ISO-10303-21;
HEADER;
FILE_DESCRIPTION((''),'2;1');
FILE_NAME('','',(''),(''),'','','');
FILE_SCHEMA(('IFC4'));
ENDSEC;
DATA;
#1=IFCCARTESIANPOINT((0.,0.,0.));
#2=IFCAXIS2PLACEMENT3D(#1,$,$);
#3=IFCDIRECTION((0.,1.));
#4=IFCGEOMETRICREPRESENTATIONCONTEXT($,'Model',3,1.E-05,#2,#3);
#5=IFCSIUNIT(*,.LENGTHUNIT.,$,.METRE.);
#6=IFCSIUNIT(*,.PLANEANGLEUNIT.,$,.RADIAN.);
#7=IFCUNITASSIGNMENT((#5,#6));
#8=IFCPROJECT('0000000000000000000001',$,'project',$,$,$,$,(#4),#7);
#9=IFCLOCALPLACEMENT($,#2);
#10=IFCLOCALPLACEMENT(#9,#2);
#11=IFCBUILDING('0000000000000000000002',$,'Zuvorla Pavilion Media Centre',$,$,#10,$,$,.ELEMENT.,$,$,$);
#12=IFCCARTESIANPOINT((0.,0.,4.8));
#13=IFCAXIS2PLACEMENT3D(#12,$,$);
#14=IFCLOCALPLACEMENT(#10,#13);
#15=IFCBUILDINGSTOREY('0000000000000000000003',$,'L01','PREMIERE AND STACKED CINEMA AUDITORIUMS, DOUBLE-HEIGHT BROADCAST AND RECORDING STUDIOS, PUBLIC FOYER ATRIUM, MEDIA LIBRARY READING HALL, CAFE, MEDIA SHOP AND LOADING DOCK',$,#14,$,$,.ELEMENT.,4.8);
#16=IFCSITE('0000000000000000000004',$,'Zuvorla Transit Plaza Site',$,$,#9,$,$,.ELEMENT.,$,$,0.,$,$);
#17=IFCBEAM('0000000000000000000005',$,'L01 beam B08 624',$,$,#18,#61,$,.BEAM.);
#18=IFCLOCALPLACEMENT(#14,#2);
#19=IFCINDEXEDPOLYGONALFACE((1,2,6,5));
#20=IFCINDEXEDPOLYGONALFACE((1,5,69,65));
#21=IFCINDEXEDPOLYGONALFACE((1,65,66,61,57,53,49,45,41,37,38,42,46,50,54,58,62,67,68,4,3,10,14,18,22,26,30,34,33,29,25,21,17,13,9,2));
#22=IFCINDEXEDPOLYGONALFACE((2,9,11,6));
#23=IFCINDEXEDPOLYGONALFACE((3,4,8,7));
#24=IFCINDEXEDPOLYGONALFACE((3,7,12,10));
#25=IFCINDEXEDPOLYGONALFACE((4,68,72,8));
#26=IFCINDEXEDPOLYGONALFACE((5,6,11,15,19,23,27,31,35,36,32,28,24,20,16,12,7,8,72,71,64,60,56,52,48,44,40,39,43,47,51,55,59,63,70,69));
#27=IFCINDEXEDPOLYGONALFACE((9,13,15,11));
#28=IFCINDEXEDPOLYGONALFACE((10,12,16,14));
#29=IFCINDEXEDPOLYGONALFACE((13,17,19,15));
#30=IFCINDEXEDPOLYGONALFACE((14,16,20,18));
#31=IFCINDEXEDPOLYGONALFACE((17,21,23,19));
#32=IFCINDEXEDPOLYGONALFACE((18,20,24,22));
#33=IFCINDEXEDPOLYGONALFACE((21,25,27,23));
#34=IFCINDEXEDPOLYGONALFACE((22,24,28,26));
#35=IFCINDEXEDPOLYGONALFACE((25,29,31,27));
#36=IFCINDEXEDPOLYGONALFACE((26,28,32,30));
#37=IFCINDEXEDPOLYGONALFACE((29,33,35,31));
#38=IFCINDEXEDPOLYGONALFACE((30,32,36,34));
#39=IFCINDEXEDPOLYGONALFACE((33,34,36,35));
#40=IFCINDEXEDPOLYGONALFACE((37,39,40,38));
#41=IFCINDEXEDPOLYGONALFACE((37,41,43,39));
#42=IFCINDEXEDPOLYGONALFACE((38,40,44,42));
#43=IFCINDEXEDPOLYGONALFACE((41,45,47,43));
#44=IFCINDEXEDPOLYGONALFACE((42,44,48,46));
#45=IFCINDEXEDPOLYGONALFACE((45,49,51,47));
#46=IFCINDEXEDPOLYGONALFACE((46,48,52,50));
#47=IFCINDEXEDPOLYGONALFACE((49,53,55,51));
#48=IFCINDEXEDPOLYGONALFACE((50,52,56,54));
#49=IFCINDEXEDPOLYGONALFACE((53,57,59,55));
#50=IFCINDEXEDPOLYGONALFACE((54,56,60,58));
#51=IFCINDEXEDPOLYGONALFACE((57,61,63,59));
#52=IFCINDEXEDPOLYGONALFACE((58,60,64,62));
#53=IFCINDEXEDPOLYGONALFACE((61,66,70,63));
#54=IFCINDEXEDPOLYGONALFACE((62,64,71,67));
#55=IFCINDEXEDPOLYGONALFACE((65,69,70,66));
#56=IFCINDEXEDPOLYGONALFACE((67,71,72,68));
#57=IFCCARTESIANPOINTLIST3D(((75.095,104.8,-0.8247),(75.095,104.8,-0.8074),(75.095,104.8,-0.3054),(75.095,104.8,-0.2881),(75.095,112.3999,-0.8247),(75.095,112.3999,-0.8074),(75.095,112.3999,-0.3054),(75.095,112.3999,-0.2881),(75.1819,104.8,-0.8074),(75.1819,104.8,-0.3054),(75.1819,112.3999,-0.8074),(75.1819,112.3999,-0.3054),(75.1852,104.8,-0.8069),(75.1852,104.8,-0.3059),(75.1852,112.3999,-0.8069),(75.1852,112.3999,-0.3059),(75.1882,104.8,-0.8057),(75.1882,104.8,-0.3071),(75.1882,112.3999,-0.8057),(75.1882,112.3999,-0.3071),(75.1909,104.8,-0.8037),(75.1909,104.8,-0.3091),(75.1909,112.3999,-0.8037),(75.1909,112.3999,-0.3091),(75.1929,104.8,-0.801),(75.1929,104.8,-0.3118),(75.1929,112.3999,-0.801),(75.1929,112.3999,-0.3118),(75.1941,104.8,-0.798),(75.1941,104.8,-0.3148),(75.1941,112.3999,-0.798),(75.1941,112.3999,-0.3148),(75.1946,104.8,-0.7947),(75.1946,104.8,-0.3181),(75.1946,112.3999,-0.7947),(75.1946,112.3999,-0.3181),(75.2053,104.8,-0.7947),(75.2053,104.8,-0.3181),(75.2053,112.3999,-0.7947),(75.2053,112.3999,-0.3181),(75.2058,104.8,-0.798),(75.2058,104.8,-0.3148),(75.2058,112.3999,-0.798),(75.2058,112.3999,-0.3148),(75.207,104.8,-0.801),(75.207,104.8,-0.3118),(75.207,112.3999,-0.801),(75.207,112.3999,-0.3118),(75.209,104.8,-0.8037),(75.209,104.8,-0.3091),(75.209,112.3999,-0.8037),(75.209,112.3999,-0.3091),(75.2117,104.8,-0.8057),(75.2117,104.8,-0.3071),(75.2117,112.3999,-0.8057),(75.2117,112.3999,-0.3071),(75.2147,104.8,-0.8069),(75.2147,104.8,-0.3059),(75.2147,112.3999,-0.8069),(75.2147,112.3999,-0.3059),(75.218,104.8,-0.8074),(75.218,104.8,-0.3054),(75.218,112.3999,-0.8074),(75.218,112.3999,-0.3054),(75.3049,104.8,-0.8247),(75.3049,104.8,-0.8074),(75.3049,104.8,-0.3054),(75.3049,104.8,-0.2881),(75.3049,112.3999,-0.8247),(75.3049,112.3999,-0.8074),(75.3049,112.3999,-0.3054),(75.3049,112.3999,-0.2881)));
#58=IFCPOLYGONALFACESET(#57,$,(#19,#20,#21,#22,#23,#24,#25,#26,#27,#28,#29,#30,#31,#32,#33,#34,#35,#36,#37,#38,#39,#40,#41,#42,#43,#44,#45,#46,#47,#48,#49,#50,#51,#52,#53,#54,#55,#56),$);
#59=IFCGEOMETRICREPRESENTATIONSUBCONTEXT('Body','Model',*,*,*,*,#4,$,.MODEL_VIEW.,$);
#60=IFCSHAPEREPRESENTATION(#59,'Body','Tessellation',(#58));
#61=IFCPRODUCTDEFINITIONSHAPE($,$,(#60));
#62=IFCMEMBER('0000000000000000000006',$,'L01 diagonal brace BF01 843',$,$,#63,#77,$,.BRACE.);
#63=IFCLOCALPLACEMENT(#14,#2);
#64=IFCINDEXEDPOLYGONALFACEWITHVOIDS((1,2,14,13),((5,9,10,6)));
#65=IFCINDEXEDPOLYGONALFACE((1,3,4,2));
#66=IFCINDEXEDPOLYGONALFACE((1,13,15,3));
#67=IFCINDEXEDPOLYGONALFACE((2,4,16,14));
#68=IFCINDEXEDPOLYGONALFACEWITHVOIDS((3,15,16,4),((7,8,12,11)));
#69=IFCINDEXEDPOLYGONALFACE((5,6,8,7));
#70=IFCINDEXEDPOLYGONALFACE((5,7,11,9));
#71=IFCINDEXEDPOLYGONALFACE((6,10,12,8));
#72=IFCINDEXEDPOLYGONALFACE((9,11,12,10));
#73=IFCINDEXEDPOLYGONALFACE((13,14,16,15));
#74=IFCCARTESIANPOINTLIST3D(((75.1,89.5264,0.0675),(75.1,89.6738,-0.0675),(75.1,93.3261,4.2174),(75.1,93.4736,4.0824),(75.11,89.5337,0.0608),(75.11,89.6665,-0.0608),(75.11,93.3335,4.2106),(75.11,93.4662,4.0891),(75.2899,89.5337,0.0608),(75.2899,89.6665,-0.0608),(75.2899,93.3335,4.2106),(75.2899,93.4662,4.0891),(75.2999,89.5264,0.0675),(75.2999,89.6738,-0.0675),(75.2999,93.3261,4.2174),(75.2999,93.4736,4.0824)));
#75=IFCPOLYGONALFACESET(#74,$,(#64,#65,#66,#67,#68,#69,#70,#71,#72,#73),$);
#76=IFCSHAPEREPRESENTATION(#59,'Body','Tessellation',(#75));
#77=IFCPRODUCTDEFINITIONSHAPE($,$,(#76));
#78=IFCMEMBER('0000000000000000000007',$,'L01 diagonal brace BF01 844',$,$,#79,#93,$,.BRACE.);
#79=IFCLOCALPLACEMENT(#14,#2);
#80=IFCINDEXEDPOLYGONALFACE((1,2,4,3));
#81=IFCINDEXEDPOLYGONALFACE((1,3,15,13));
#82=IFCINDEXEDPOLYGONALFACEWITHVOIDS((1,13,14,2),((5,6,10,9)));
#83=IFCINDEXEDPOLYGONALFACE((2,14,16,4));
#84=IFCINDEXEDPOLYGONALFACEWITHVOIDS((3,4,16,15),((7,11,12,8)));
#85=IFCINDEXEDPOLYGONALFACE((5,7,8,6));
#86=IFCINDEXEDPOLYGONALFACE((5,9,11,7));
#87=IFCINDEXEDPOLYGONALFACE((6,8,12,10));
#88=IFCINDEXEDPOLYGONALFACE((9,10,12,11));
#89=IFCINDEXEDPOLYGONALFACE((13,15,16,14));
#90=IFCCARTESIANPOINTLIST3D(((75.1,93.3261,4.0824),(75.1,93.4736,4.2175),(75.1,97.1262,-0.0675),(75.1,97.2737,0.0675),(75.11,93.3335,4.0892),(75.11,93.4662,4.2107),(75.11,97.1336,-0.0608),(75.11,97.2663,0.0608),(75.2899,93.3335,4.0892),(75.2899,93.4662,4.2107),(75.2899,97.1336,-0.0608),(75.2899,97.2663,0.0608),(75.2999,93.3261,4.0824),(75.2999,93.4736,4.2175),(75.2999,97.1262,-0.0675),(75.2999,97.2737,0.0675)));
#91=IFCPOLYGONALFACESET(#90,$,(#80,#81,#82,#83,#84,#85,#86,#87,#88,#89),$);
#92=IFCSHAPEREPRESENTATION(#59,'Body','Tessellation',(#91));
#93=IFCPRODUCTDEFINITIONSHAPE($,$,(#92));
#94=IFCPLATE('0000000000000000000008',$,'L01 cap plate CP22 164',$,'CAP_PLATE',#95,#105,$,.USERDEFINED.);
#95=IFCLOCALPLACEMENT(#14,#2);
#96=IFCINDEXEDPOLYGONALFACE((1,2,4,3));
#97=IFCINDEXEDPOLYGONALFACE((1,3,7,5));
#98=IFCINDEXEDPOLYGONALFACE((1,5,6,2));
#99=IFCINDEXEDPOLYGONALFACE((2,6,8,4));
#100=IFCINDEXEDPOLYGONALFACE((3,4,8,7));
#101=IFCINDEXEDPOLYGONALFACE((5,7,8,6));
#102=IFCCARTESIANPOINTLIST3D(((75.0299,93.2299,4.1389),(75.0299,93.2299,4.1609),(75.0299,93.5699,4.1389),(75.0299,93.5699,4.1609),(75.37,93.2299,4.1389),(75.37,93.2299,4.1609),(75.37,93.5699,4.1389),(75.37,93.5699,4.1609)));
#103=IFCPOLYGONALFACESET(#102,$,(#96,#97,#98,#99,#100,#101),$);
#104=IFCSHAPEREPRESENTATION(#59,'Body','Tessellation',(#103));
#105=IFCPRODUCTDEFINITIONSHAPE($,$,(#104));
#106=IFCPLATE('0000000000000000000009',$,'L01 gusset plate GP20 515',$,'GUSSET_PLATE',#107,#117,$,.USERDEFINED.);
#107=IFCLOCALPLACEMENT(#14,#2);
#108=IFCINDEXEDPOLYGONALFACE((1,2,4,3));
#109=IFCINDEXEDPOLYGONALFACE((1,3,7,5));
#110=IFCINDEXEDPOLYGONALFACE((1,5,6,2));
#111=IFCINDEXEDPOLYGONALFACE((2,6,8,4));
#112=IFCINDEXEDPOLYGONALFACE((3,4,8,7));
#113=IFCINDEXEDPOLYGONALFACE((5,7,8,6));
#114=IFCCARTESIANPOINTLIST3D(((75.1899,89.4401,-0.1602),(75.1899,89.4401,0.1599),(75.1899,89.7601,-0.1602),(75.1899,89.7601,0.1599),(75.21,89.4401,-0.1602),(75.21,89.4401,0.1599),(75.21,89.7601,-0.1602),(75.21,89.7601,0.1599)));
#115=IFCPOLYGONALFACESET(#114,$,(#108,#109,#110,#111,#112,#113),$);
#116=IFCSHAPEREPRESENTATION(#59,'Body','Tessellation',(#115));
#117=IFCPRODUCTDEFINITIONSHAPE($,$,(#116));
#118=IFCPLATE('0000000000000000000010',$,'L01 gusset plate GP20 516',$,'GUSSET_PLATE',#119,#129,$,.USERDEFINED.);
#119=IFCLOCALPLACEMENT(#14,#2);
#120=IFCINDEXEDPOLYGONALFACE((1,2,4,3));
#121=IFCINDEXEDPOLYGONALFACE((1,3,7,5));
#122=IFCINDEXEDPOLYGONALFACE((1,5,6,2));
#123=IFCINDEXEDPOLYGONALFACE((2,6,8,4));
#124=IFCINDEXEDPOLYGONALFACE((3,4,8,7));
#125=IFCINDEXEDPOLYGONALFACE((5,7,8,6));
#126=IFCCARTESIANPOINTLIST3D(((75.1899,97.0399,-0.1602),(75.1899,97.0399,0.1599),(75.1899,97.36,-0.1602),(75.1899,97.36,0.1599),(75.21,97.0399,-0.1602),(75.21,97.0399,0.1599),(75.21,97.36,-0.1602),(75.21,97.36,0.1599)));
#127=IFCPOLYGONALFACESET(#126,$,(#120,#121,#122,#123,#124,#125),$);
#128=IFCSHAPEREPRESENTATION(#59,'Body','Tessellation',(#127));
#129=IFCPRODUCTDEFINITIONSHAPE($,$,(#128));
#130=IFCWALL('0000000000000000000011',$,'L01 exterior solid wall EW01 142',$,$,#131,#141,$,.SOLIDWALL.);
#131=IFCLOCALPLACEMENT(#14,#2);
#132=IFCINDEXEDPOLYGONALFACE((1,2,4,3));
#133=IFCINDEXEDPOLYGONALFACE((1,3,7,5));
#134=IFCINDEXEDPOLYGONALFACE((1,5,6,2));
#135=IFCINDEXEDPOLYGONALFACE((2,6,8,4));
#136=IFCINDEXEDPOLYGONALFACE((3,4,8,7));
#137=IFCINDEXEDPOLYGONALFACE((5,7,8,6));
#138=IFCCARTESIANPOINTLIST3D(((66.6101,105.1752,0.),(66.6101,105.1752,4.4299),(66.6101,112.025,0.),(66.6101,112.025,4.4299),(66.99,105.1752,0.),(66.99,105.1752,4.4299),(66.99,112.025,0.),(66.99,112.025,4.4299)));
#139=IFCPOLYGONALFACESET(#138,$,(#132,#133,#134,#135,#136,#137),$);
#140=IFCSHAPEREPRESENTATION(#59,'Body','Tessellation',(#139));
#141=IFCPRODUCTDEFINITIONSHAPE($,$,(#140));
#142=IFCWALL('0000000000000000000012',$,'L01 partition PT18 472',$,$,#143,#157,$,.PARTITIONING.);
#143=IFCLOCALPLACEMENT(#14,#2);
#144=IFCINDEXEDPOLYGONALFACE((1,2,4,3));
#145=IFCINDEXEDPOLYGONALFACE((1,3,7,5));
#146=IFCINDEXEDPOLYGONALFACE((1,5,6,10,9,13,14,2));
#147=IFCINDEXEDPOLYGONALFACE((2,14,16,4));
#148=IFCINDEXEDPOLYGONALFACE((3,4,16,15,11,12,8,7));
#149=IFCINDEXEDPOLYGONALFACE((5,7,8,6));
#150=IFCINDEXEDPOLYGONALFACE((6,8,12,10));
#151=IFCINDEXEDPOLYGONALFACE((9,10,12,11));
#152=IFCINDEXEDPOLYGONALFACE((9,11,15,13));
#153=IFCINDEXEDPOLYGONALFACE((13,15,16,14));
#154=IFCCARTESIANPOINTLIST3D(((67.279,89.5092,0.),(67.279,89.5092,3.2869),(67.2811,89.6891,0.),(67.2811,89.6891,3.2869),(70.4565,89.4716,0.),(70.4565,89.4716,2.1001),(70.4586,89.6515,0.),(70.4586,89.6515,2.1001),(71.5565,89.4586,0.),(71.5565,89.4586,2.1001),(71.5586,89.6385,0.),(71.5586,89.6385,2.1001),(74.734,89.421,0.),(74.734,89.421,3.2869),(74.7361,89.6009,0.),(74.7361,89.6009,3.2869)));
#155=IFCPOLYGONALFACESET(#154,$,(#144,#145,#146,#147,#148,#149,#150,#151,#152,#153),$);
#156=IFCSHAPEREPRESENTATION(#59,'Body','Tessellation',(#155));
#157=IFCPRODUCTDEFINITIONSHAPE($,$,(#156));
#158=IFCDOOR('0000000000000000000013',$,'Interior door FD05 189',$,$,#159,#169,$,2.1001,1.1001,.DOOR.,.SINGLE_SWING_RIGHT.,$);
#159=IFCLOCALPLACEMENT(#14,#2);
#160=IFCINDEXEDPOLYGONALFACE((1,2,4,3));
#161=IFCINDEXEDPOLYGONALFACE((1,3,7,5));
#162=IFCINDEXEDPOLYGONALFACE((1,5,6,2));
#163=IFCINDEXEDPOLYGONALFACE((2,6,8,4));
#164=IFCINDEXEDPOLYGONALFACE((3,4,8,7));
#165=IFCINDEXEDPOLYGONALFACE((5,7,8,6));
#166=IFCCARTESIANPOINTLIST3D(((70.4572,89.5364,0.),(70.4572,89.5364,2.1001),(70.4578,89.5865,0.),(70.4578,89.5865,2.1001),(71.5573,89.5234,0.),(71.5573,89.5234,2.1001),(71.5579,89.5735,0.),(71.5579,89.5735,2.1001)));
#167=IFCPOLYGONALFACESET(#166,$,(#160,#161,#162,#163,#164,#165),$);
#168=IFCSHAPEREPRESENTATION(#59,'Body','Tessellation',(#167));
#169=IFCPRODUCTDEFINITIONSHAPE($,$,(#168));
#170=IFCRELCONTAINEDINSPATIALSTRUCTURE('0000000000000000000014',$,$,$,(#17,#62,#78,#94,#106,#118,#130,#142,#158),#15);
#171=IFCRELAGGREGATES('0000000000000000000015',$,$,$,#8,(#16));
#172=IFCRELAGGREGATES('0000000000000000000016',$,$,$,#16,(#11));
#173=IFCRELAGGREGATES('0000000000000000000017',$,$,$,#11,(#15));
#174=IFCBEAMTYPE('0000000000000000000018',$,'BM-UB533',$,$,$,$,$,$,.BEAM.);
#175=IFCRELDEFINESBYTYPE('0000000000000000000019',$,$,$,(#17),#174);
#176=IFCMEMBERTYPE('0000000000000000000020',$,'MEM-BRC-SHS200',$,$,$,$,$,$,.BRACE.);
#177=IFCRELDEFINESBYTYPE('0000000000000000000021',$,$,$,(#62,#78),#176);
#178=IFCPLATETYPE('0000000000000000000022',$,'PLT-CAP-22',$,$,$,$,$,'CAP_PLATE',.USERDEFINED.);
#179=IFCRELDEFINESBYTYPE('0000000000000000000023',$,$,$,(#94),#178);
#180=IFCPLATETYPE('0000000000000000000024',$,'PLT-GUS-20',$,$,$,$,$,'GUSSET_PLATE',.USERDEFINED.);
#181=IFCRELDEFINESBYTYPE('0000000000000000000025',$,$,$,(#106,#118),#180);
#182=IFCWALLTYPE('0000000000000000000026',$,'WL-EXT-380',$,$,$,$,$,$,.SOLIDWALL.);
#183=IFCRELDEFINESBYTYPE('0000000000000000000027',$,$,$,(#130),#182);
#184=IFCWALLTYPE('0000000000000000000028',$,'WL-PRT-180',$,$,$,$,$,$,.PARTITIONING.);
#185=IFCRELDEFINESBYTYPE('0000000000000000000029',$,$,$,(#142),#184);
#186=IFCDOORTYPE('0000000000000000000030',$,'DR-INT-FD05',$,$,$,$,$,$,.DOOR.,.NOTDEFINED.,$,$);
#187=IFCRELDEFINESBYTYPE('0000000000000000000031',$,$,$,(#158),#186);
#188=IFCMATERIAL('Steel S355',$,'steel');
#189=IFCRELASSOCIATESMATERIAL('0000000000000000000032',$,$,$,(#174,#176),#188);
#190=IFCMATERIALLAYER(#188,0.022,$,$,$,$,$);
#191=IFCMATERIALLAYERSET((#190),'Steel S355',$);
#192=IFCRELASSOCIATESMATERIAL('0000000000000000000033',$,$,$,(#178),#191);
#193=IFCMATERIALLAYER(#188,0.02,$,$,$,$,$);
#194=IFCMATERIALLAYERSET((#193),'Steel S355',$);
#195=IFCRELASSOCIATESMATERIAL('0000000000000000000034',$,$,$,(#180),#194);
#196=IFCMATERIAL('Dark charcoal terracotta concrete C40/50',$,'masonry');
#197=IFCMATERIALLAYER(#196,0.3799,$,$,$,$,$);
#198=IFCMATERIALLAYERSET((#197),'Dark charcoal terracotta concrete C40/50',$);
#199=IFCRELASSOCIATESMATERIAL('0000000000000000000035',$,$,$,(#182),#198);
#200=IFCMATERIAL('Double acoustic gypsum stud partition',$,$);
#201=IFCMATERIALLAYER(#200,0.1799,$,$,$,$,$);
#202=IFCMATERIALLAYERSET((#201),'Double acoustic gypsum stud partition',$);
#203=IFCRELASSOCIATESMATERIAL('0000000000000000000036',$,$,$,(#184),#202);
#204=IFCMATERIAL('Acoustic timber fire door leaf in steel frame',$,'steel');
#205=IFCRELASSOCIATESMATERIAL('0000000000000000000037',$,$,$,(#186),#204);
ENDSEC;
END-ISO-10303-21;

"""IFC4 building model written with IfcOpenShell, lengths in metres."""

from ifc_helpers import new_model, si_unit, direction, frame, frame_2d, origin, origin_2d, place, context, subcontext, project, spatial, rectangle, hollow_rectangle, i_section, extrude, material, layer, layer_set, material_profile, profile_set, type_object, element, fill, save


model = new_model("IFC4")

# Units and contexts
model_context = context("Model", 3, precision=1e-05, world=origin(), true_north=direction((0.0, 1.0)))
body_context = subcontext(model_context, "Body", "Model", "MODEL_VIEW")
ifc_project = project(units=[si_unit("LENGTHUNIT", "METRE"), si_unit("PLANEANGLEUNIT", "RADIAN")], contexts=[model_context])

# Site, building, storey
site_placement = place(None, origin())
site = spatial("IfcSite", under=ifc_project, at=site_placement, Name="Zuvorla Transit Plaza Site", CompositionType="ELEMENT", RefElevation=0.0)
building_placement = place(site_placement, origin())
building = spatial("IfcBuilding", under=site, at=building_placement, Name="Zuvorla Pavilion Media Centre", CompositionType="ELEMENT")
storey_placement = place(building_placement, frame((0.0, 0.0, 4.8)))
storey = spatial("IfcBuildingStorey", under=building, at=storey_placement, Name="L01", Description="PREMIERE AND STACKED CINEMA AUDITORIUMS, DOUBLE-HEIGHT BROADCAST AND RECORDING STUDIOS, PUBLIC FOYER ATRIUM, MEDIA LIBRARY READING HALL, CAFE, MEDIA SHOP AND LOADING DOCK", CompositionType="ELEMENT", Elevation=4.8)

# Beam
ifc_material_1 = material(Name="Steel S355", Category="steel")
ifc_material_profile_1 = material_profile(ifc_material_1, i_section(OverallWidth=0.21, OverallDepth=0.5366, WebThickness=0.0107, FlangeThickness=0.0173, FilletRadius=0.0127, at=origin_2d()), Name="UB 533x210x101")
ifc_profile_set_1 = profile_set([ifc_material_profile_1], Name="Steel S355")
beam_type_1 = type_object("IfcBeamType", Name="BM-UB533", PredefinedType="BEAM", material=ifc_profile_set_1)
beam_1_placement = place(storey_placement, frame((75.2, 104.8, -0.5564), z_axis=(0.0, 1.0, 0.0), x_axis=(-1.0, 0.0, 0.0)))
element("IfcBeam", 1, at=beam_1_placement, inside=storey, type_object=beam_type_1, Name="L01 beam B08 624", PredefinedType="BEAM", context=body_context, shape_type="SweptSolid", body=[
    extrude(i_section(OverallWidth=0.21, OverallDepth=0.5366, WebThickness=0.0107, FlangeThickness=0.0173, FilletRadius=0.0127, at=origin_2d()), origin(), (0.0, 0.0, 1.0), 7.5999),
])

# Members
ifc_material_profile_2 = material_profile(ifc_material_1, hollow_rectangle(XDim=0.2, YDim=0.2, WallThickness=0.01, at=origin_2d()), Name="SHS 200x200x10")
ifc_profile_set_2 = profile_set([ifc_material_profile_2], Name="Steel S355")
member_type = type_object("IfcMemberType", Name="MEM-BRC-SHS200", PredefinedType="BRACE", material=ifc_profile_set_2)
member_1_placement = place(storey_placement, frame((75.2, 89.6001, 0.0), z_axis=(0.0, 0.675312, 0.737532), x_axis=(-1.0, 0.0, 0.0)))
element("IfcMember", 2, at=member_1_placement, inside=storey, type_object=member_type, Name="L01 diagonal brace BF01 843", PredefinedType="BRACE", context=body_context, shape_type="SweptSolid", body=[
    extrude(hollow_rectangle(XDim=0.2, YDim=0.2, WallThickness=0.01, at=origin_2d()), origin(), (0.0, 0.0, 1.0), 5.6267),
])
member_2_placement = place(storey_placement, frame((75.2, 97.2, 0.0), z_axis=(0.0, -0.675336, 0.737511), x_axis=(1.0, 0.0, 0.0)))
element("IfcMember", 3, at=member_2_placement, inside=storey, type_object=member_type, Name="L01 diagonal brace BF01 844", PredefinedType="BRACE", context=body_context, shape_type="SweptSolid", body=[
    extrude(hollow_rectangle(XDim=0.2, YDim=0.2, WallThickness=0.01, at=origin_2d()), origin(), (0.0, 0.0, 1.0), 5.627),
])

# Plates
ifc_layer_1 = layer(ifc_material_1, 0.022)
ifc_layer_set_1 = layer_set([ifc_layer_1], Name="Steel S355")
plate_type_1 = type_object("IfcPlateType", Name="PLT-CAP-22", ElementType="CAP_PLATE", PredefinedType="USERDEFINED", material=ifc_layer_set_1)
plate_placement = place(storey_placement, frame((75.2, 93.3999, 4.1389), z_axis=(0.0, 0.0, 1.0), x_axis=(1.0, 0.0, 0.0)))
element("IfcPlate", 4, at=plate_placement, inside=storey, type_object=plate_type_1, Name="L01 cap plate CP22 164", ObjectType="CAP_PLATE", PredefinedType="USERDEFINED", context=body_context, shape_type="SweptSolid", body=[
    extrude(rectangle(XDim=0.3401, YDim=0.3401, at=origin_2d()), origin(), (0.0, 0.0, 1.0), 0.022),
])
ifc_layer_2 = layer(ifc_material_1, 0.02)
ifc_layer_set_2 = layer_set([ifc_layer_2], Name="Steel S355")
plate_type_2 = type_object("IfcPlateType", Name="PLT-GUS-20", ElementType="GUSSET_PLATE", PredefinedType="USERDEFINED", material=ifc_layer_set_2)
for number, where, z_axis, x_axis, name in (
    (5, (75.2, 89.6001, -0.1602), (0.0, 0.0, 1.0), (1.0, 0.0, 0.0), "L01 gusset plate GP20 515"),
    (6, (75.2, 97.2, -0.1602), (0.0, 0.0, 1.0), (1.0, 0.0, 0.0), "L01 gusset plate GP20 516"),
):
    element("IfcPlate", number, at=place(storey_placement, frame(where, z_axis=z_axis, x_axis=x_axis)), inside=storey, type_object=plate_type_2, Name=name, ObjectType="GUSSET_PLATE", PredefinedType="USERDEFINED", context=body_context, shape_type="SweptSolid", body=[
        extrude(rectangle(XDim=0.02, YDim=0.3201, at=origin_2d()), origin(), (0.0, 0.0, 1.0), 0.3201),
    ])

# Wall
ifc_material_2 = material(Name="Dark charcoal terracotta concrete C40/50", Category="masonry")
ifc_layer_3 = layer(ifc_material_2, 0.3799)
ifc_layer_set_3 = layer_set([ifc_layer_3], Name="Dark charcoal terracotta concrete C40/50")
wall_type_1 = type_object("IfcWallType", Name="WL-EXT-380", PredefinedType="SOLIDWALL", material=ifc_layer_set_3)
wall_1_placement = place(storey_placement, frame((66.8, 112.0249, 0.0), z_axis=(0.0, 0.0, 1.0), x_axis=(0.0, -1.0, 0.0)))
element("IfcWall", 7, at=wall_1_placement, inside=storey, type_object=wall_type_1, Name="L01 exterior solid wall EW01 142", PredefinedType="SOLIDWALL", context=body_context, shape_type="SweptSolid", body=[
    extrude(rectangle(XDim=6.8499, YDim=0.3799, at=frame_2d((3.4248, 0.0))), origin(), (0.0, 0.0, 1.0), 4.4299),
])

# Wall, opening, door
ifc_material_3 = material(Name="Double acoustic gypsum stud partition")
ifc_layer_4 = layer(ifc_material_3, 0.1799)
ifc_layer_set_4 = layer_set([ifc_layer_4], Name="Double acoustic gypsum stud partition")
wall_type_2 = type_object("IfcWallType", Name="WL-PRT-180", PredefinedType="PARTITIONING", material=ifc_layer_set_4)
wall_2_placement = place(storey_placement, frame((67.28, 89.5991, 0.0), z_axis=(0.0, 0.0, 1.0), x_axis=(0.99993, -0.011821, 0.0)))
wall_2 = element("IfcWall", 8, at=wall_2_placement, inside=storey, type_object=wall_type_2, Name="L01 partition PT18 472", PredefinedType="PARTITIONING", context=body_context, shape_type="SweptSolid", body=[
    extrude(rectangle(XDim=7.4556, YDim=0.1799, at=frame_2d((3.7278, 0.0))), origin(), (0.0, 0.0, 1.0), 3.2869),
])
opening_placement = place(wall_2_placement, frame((3.1777, 0.0, 0.0)))
opening = element("IfcOpeningElement", 9, at=opening_placement, cuts=wall_2, PredefinedType="OPENING", context=body_context, shape_type="SweptSolid", body=[
    extrude(rectangle(XDim=1.1001, YDim=2.1001, at=frame_2d((0.55, 1.05))), frame((0.0, 0.0999, 0.0), z_axis=(0.0, -1.0, 0.0), x_axis=(1.0, 0.0, 0.0)), (0.0, 0.0, 1.0), 0.2),
])
ifc_material_4 = material(Name="Acoustic timber fire door leaf in steel frame", Category="steel")
door_type = type_object("IfcDoorType", Name="DR-INT-FD05", OperationType="NOTDEFINED", PredefinedType="DOOR", material=ifc_material_4)
door_placement = place(opening_placement, origin())
door = element("IfcDoor", 10, at=door_placement, inside=storey, type_object=door_type, Name="Interior door FD05 189", OperationType="SINGLE_SWING_RIGHT", OverallHeight=2.1001, OverallWidth=1.1001, PredefinedType="DOOR", context=body_context, shape_type="SweptSolid", body=[
    extrude(rectangle(XDim=1.1001, YDim=2.1001, at=frame_2d((0.55, 1.05))), frame((0.0, 0.0249, 0.0), z_axis=(0.0, -1.0, 0.0), x_axis=(1.0, 0.0, 0.0)), (0.0, 0.0, 1.0), 0.05),
])
fill(opening, door)

save(model, "model.ifc")
